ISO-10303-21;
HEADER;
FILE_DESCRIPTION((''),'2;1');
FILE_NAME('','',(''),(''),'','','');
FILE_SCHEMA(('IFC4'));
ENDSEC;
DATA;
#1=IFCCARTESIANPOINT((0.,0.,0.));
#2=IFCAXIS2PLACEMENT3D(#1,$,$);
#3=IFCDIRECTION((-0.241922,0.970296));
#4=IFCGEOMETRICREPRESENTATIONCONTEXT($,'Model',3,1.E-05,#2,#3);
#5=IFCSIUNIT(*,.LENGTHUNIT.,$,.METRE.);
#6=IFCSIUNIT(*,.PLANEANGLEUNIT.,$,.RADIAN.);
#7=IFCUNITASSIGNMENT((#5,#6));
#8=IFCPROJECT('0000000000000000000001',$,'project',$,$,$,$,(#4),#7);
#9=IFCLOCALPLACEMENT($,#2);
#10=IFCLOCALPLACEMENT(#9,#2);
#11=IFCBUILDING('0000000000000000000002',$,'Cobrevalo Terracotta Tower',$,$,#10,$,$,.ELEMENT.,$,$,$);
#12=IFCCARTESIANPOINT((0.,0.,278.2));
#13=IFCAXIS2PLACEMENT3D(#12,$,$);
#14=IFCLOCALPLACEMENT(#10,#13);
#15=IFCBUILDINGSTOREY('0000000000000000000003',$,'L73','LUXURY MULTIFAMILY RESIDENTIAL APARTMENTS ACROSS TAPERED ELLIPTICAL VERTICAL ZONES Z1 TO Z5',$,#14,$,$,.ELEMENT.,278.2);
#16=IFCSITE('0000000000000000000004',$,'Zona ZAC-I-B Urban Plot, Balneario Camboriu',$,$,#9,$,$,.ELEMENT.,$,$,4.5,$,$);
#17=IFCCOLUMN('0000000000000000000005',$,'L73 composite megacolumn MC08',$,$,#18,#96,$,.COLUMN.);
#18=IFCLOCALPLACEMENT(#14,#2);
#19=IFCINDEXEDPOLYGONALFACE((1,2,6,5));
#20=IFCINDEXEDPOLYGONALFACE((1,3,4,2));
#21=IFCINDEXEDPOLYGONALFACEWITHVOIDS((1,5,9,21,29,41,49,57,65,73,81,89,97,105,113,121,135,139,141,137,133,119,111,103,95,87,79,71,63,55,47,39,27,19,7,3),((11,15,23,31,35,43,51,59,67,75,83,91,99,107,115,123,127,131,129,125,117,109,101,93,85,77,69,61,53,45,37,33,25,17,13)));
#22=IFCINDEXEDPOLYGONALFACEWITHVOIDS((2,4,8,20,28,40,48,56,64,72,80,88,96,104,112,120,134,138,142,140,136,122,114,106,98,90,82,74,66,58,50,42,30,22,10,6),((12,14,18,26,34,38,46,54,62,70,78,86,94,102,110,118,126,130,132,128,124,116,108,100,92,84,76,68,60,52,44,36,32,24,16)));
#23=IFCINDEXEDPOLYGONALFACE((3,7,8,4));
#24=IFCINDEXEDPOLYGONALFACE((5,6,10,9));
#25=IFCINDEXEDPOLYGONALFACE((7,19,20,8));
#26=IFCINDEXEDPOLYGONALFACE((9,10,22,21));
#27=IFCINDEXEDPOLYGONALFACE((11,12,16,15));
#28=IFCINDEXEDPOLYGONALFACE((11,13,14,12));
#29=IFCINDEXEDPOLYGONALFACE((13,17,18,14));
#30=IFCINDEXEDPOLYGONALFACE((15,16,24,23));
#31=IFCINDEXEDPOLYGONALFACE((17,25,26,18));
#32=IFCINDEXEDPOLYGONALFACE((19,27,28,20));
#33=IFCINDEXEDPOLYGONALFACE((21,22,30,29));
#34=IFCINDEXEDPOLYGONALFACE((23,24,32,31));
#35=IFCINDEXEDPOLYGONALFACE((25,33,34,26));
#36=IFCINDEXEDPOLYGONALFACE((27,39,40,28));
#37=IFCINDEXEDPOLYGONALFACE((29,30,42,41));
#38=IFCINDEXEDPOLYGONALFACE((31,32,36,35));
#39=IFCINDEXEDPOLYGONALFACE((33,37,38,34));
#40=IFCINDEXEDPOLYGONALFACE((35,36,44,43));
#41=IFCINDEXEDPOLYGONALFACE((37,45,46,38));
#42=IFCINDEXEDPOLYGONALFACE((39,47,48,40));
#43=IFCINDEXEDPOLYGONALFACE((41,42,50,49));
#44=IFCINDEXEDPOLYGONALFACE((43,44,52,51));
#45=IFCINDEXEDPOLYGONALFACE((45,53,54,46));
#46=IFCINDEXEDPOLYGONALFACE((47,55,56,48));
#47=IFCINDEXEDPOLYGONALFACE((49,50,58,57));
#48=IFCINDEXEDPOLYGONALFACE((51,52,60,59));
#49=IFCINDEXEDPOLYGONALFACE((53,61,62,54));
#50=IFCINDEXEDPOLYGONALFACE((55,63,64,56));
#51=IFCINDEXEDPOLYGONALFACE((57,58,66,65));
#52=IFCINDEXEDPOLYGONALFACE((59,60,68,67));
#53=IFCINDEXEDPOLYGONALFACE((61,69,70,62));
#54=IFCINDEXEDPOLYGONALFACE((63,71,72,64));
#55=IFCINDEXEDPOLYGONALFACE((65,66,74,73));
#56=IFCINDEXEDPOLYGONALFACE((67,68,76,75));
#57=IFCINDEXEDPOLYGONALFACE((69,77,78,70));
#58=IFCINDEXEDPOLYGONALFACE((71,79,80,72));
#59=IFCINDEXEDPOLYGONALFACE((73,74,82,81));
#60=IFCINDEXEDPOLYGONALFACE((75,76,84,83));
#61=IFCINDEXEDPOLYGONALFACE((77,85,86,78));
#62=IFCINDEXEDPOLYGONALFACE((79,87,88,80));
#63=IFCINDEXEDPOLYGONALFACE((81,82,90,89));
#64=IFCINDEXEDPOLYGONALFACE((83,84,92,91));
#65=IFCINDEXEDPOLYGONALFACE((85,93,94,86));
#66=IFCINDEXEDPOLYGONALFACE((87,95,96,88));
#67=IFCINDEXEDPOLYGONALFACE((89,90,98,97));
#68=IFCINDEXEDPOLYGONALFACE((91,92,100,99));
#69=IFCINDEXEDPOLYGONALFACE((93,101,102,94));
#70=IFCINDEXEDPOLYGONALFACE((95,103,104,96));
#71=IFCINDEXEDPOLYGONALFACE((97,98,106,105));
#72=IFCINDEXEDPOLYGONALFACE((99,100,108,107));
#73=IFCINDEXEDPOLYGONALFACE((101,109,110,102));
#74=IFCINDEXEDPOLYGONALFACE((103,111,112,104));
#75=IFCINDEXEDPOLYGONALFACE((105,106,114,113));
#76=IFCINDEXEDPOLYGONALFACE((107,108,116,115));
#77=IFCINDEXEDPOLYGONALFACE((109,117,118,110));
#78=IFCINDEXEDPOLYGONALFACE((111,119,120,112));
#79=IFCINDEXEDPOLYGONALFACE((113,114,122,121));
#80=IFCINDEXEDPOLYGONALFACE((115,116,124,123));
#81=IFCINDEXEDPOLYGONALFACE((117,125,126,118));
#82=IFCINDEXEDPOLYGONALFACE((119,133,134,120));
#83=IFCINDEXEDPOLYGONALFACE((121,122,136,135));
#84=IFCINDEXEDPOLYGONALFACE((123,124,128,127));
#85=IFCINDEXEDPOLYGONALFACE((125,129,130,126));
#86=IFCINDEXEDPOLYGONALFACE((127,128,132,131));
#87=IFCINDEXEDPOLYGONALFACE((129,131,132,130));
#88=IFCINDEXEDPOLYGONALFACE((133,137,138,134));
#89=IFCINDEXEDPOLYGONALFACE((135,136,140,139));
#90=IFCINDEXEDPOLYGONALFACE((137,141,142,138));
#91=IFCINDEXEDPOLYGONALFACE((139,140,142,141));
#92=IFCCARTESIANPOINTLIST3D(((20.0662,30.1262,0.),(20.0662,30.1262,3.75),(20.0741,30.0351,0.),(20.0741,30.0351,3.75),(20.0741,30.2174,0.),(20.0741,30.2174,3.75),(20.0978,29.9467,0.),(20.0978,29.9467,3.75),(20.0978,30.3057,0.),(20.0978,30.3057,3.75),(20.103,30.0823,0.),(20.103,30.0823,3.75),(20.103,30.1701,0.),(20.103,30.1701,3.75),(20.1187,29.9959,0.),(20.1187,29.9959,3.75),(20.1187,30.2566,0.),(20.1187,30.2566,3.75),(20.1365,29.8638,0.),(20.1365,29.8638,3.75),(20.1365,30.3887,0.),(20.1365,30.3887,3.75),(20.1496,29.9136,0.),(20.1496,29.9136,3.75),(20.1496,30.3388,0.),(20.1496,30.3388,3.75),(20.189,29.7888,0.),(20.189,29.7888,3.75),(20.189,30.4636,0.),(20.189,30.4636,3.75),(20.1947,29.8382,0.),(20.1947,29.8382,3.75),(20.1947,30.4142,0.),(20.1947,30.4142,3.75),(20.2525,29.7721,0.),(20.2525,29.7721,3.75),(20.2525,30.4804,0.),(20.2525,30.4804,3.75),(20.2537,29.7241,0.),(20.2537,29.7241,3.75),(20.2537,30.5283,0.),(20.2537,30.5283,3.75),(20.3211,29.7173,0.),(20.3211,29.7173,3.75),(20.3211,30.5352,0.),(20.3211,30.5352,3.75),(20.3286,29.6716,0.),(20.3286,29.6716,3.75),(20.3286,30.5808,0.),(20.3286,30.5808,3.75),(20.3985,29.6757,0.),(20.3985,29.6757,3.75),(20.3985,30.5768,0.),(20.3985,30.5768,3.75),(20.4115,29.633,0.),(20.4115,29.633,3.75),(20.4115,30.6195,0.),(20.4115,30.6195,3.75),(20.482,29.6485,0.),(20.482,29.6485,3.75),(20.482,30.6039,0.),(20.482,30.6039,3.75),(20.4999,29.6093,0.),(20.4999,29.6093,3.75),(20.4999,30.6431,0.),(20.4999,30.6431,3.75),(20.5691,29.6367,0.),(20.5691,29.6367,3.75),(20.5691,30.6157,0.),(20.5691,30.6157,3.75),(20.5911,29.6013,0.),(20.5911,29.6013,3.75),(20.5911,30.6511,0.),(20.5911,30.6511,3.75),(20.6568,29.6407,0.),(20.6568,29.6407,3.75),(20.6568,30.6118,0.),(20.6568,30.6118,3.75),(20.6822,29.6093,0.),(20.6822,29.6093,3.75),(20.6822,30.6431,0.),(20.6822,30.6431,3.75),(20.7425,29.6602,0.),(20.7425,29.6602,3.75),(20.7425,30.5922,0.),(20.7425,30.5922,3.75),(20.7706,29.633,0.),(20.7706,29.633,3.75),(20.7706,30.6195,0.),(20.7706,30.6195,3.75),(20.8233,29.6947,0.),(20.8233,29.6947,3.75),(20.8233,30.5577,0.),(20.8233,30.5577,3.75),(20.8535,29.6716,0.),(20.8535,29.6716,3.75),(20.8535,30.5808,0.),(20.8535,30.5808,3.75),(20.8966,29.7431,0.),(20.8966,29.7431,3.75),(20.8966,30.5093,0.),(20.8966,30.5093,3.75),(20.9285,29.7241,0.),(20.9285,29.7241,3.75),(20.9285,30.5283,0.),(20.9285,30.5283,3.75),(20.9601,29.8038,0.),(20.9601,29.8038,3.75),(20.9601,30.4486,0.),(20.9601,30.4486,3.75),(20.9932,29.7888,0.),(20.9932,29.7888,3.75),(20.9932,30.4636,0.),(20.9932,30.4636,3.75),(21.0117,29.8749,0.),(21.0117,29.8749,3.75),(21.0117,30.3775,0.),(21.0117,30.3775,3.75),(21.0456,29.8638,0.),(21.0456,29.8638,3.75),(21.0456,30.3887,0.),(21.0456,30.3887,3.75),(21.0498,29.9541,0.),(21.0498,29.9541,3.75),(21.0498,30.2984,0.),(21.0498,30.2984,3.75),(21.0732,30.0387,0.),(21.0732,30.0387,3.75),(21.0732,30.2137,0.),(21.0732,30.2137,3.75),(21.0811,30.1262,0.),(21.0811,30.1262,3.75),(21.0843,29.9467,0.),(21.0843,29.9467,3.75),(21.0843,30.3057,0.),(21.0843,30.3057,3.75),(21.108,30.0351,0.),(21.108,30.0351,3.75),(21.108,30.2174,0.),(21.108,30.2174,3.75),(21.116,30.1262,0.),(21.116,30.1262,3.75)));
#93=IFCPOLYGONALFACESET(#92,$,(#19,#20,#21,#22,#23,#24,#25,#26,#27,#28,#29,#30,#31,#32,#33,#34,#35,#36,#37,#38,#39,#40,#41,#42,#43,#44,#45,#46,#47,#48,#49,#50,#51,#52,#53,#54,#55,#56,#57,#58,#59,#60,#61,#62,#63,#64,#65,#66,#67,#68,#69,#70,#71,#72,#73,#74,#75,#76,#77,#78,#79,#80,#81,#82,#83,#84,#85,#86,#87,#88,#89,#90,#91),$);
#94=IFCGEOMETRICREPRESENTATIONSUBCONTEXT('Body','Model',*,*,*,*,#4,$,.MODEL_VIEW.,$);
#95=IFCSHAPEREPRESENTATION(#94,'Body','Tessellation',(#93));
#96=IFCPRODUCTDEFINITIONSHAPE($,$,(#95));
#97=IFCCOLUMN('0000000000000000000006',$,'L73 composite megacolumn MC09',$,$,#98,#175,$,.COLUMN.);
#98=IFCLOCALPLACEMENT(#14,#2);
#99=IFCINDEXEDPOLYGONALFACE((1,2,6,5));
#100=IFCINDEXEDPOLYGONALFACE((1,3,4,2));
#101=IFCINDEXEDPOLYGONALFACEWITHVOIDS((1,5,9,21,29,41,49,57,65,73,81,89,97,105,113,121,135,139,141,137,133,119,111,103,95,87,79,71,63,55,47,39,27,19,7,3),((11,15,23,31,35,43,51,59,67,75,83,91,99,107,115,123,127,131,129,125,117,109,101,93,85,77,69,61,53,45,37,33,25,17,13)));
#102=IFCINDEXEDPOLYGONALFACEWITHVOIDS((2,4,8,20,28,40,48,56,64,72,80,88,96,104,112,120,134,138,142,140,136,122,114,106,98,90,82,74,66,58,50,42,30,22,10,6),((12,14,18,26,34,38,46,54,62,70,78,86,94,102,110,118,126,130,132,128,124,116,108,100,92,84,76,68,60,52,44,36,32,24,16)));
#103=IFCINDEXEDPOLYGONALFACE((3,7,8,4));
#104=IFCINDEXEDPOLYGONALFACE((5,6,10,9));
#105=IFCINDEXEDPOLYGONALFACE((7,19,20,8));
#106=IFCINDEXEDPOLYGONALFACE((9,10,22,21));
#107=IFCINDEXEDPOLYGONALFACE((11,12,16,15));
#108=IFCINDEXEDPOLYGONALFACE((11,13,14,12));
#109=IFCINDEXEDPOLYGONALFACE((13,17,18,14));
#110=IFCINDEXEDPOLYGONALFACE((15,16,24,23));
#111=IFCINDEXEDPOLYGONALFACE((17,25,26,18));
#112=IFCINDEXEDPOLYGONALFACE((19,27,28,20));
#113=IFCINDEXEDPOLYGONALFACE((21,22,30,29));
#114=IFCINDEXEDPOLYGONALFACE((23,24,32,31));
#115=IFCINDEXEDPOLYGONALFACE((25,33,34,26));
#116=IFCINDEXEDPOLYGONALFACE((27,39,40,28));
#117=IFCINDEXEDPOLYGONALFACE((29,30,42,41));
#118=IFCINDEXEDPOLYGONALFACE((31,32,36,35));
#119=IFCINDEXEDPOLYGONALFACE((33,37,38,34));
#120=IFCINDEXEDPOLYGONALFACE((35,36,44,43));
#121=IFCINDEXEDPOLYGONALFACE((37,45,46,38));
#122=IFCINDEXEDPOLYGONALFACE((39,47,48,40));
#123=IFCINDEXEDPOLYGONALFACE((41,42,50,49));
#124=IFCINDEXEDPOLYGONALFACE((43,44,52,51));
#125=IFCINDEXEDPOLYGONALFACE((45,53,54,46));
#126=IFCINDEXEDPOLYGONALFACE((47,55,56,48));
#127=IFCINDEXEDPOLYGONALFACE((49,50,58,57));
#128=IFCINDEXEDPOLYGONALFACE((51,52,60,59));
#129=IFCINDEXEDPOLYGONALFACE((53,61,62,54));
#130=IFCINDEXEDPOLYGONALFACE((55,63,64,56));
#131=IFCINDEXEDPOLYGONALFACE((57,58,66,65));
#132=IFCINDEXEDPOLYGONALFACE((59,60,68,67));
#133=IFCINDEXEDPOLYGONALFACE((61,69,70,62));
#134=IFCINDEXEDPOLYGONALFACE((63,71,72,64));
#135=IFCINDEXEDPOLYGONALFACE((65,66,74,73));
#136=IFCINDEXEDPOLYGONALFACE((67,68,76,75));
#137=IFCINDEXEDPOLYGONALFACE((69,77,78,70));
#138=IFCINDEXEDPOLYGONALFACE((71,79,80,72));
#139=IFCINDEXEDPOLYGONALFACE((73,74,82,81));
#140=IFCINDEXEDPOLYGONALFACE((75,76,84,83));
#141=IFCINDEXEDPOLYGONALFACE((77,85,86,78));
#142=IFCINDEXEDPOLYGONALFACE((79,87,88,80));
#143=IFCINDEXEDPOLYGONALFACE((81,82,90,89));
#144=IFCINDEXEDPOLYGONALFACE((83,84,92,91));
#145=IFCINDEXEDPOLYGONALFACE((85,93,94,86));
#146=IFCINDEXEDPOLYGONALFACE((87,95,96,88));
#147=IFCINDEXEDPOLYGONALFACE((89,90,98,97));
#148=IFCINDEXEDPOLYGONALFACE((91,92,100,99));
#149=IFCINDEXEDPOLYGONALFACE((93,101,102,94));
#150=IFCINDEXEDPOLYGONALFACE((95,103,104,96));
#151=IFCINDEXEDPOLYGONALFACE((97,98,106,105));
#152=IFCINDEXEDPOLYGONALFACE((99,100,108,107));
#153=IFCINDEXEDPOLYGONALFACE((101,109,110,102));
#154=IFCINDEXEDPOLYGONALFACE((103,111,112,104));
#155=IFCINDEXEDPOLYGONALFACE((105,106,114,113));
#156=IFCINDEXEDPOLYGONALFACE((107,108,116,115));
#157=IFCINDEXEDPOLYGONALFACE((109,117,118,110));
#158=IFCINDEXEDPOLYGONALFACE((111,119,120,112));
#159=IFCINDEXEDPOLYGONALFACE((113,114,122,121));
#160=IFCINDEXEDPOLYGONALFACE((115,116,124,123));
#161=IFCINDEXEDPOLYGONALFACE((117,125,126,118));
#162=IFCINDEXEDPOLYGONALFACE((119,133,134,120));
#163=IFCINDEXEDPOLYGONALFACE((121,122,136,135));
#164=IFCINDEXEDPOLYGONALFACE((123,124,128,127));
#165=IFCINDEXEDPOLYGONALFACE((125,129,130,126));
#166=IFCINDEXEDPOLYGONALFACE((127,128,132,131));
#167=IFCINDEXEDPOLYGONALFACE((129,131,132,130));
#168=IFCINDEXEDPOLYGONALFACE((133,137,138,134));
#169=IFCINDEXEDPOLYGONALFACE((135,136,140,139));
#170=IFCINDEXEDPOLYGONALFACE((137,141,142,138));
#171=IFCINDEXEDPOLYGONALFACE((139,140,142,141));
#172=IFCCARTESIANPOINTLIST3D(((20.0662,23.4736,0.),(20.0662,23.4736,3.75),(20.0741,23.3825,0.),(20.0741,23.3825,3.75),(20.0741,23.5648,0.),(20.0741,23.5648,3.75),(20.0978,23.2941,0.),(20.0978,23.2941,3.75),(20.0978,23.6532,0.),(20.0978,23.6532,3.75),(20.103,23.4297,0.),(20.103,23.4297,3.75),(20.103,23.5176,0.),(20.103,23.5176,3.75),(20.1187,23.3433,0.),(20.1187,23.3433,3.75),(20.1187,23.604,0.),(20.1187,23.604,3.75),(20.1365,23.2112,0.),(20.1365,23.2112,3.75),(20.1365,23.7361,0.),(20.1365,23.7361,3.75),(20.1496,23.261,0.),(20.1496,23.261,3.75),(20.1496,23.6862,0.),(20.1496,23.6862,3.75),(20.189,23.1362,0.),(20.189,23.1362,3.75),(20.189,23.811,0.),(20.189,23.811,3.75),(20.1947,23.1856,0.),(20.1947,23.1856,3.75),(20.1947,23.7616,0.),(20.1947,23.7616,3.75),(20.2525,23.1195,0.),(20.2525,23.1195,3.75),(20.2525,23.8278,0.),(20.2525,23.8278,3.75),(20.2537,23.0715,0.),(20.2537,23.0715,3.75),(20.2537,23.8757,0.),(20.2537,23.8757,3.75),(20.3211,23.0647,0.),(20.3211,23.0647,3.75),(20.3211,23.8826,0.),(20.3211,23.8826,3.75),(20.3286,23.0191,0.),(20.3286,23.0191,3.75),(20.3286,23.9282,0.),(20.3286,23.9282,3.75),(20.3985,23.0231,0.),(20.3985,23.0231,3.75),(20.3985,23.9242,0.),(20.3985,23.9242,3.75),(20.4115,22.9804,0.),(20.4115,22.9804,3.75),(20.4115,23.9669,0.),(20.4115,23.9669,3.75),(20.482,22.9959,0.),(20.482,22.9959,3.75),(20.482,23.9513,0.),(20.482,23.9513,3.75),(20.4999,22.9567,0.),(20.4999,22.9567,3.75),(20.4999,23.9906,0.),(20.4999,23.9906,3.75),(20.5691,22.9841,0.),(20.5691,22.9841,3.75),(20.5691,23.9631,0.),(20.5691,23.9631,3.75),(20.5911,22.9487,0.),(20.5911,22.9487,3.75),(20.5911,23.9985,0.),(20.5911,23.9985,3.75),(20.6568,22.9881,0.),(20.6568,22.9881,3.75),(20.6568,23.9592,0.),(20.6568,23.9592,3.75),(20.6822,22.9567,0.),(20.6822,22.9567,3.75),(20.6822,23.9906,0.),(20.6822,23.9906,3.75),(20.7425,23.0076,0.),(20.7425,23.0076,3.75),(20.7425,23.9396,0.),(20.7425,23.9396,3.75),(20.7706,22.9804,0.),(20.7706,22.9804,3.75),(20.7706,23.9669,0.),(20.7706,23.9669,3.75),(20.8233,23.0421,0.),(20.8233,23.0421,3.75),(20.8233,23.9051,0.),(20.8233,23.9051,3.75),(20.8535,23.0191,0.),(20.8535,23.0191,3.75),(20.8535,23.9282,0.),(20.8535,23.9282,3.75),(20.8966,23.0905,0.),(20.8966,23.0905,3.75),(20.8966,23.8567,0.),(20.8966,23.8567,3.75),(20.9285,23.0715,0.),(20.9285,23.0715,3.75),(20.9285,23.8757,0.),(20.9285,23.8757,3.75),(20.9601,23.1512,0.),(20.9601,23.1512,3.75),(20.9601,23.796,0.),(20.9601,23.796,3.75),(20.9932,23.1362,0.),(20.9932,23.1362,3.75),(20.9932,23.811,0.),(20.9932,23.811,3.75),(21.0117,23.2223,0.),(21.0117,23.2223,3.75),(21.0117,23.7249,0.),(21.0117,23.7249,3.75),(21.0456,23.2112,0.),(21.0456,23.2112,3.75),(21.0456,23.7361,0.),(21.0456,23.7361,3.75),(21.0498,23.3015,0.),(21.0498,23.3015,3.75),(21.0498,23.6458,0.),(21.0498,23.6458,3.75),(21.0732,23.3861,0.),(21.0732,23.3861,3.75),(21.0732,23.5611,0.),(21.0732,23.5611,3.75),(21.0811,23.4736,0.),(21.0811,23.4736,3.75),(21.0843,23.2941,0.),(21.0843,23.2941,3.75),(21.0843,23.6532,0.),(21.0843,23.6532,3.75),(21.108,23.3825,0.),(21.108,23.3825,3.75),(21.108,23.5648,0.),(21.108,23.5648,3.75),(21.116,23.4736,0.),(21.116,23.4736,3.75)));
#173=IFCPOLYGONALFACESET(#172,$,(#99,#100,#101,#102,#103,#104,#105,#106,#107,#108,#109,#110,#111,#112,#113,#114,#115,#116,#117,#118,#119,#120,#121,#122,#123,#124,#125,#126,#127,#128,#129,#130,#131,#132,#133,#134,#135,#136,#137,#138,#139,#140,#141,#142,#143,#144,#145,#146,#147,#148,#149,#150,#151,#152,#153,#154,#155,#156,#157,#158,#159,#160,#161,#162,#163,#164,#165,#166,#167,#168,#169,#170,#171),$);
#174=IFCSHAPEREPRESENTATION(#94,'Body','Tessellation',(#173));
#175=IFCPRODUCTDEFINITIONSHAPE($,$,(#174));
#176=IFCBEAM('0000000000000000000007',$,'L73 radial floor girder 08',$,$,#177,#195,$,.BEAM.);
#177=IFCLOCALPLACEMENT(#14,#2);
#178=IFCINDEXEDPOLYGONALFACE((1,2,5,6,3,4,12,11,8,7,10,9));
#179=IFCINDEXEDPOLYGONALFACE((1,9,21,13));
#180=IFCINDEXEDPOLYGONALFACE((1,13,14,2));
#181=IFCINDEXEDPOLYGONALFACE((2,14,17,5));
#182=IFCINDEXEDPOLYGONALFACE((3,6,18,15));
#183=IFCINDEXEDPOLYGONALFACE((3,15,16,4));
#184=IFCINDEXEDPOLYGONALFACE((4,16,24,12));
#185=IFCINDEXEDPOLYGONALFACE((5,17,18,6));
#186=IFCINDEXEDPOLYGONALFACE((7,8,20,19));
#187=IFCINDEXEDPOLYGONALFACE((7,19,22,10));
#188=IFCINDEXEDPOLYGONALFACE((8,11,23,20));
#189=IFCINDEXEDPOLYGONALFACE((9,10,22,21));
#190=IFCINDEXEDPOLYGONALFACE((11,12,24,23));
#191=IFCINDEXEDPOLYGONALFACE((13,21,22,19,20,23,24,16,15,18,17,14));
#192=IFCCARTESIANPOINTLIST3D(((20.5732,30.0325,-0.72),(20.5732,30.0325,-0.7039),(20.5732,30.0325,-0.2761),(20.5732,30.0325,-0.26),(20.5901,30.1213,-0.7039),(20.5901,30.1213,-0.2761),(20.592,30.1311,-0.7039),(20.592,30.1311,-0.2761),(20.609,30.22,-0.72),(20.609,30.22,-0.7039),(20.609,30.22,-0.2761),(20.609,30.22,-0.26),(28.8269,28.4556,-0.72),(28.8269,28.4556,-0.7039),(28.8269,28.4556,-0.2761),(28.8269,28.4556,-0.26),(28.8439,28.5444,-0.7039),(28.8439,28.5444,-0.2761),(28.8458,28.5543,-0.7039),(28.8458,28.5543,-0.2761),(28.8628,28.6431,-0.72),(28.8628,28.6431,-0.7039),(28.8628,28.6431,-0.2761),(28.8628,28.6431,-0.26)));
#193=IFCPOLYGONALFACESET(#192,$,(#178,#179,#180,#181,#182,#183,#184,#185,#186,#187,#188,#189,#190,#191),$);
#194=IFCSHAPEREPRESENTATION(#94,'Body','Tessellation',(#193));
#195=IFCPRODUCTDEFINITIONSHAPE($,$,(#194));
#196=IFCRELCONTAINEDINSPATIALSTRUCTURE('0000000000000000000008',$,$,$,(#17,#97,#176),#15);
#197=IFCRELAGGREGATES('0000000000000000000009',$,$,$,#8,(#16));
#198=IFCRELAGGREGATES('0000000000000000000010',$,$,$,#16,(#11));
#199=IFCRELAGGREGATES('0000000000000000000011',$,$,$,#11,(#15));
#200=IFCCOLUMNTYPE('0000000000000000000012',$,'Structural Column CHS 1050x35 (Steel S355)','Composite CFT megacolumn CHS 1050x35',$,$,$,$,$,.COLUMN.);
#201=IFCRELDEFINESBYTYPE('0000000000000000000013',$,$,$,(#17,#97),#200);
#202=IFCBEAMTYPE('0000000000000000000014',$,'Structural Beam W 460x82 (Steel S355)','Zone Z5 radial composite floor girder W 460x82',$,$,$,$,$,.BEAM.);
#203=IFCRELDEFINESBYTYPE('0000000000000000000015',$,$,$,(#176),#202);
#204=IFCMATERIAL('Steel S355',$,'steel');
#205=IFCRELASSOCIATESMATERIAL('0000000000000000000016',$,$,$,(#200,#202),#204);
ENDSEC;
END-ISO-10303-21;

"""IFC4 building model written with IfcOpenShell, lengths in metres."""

from ifc_helpers import new_model, si_unit, direction, frame, origin, origin_2d, place, context, subcontext, project, spatial, hollow_circle, i_section, extrude, material, material_profile, profile_set, type_object, element, save


model = new_model("IFC4")

# Units and contexts
model_context = context("Model", 3, precision=1e-05, world=origin(), true_north=direction((-0.241922, 0.970296)))
body_context = subcontext(model_context, "Body", "Model", "MODEL_VIEW")
ifc_project = project(units=[si_unit("LENGTHUNIT", "METRE"), si_unit("PLANEANGLEUNIT", "RADIAN")], contexts=[model_context])

# Site, building, storey
site_placement = place(None, origin())
site = spatial("IfcSite", under=ifc_project, at=site_placement, Name="Zona ZAC-I-B Urban Plot, Balneario Camboriu", CompositionType="ELEMENT", RefElevation=4.5)
building_placement = place(site_placement, origin())
building = spatial("IfcBuilding", under=site, at=building_placement, Name="Cobrevalo Terracotta Tower", CompositionType="ELEMENT")
storey_placement = place(building_placement, frame((0.0, 0.0, 278.2)))
storey = spatial("IfcBuildingStorey", under=building, at=storey_placement, Name="L73", Description="LUXURY MULTIFAMILY RESIDENTIAL APARTMENTS ACROSS TAPERED ELLIPTICAL VERTICAL ZONES Z1 TO Z5", CompositionType="ELEMENT", Elevation=278.2)

# Columns
ifc_material_1 = material(Name="Steel S355", Category="steel")
ifc_material_profile_1 = material_profile(ifc_material_1, hollow_circle(Radius=0.5249, WallThickness=0.0349, at=origin_2d()), Name="CHS 1050x35")
ifc_profile_set_1 = profile_set([ifc_material_profile_1], Name="Steel S355")
column_type = type_object("IfcColumnType", Name="Structural Column CHS 1050x35 (Steel S355)", Description="Composite CFT megacolumn CHS 1050x35", PredefinedType="COLUMN", material=ifc_profile_set_1)
for number, where, z_axis, x_axis, name in (
    (1, (20.5911, 30.1262, 0.0), (0.0, 0.0, 1.0), (1.0, 0.0, 0.0), "L73 composite megacolumn MC08"),
    (2, (20.5911, 23.4736, 0.0), (0.0, 0.0, 1.0), (1.0, 0.0, 0.0), "L73 composite megacolumn MC09"),
):
    element("IfcColumn", number, at=place(storey_placement, frame(where, z_axis=z_axis, x_axis=x_axis)), inside=storey, type_object=column_type, Name=name, PredefinedType="COLUMN", context=body_context, shape_type="SweptSolid", body=[
        extrude(hollow_circle(Radius=0.5249, WallThickness=0.0349, at=origin_2d()), origin(), (0.0, 0.0, 1.0), 3.75),
    ])

# Beam
ifc_material_profile_2 = material_profile(ifc_material_1, i_section(OverallWidth=0.1909, OverallDepth=0.46, WebThickness=0.01, FlangeThickness=0.0161, at=origin_2d()), Name="W 460x82")
ifc_profile_set_2 = profile_set([ifc_material_profile_2], Name="Steel S355")
beam_type_1 = type_object("IfcBeamType", Name="Structural Beam W 460x82 (Steel S355)", Description="Zone Z5 radial composite floor girder W 460x82", PredefinedType="BEAM", material=ifc_profile_set_2)
beam_1_placement = place(storey_placement, frame((20.5911, 30.1262, -0.49), z_axis=(0.982235, -0.187655, 0.0), x_axis=(0.187655, 0.982235, 0.0)))
element("IfcBeam", 3, at=beam_1_placement, inside=storey, type_object=beam_type_1, Name="L73 radial floor girder 08", PredefinedType="BEAM", context=body_context, shape_type="SweptSolid", body=[
    extrude(i_section(OverallWidth=0.1909, OverallDepth=0.46, WebThickness=0.01, FlangeThickness=0.0161, at=origin_2d()), origin(), (0.0, 0.0, 1.0), 8.4031),
])

save(model, "model.ifc")
